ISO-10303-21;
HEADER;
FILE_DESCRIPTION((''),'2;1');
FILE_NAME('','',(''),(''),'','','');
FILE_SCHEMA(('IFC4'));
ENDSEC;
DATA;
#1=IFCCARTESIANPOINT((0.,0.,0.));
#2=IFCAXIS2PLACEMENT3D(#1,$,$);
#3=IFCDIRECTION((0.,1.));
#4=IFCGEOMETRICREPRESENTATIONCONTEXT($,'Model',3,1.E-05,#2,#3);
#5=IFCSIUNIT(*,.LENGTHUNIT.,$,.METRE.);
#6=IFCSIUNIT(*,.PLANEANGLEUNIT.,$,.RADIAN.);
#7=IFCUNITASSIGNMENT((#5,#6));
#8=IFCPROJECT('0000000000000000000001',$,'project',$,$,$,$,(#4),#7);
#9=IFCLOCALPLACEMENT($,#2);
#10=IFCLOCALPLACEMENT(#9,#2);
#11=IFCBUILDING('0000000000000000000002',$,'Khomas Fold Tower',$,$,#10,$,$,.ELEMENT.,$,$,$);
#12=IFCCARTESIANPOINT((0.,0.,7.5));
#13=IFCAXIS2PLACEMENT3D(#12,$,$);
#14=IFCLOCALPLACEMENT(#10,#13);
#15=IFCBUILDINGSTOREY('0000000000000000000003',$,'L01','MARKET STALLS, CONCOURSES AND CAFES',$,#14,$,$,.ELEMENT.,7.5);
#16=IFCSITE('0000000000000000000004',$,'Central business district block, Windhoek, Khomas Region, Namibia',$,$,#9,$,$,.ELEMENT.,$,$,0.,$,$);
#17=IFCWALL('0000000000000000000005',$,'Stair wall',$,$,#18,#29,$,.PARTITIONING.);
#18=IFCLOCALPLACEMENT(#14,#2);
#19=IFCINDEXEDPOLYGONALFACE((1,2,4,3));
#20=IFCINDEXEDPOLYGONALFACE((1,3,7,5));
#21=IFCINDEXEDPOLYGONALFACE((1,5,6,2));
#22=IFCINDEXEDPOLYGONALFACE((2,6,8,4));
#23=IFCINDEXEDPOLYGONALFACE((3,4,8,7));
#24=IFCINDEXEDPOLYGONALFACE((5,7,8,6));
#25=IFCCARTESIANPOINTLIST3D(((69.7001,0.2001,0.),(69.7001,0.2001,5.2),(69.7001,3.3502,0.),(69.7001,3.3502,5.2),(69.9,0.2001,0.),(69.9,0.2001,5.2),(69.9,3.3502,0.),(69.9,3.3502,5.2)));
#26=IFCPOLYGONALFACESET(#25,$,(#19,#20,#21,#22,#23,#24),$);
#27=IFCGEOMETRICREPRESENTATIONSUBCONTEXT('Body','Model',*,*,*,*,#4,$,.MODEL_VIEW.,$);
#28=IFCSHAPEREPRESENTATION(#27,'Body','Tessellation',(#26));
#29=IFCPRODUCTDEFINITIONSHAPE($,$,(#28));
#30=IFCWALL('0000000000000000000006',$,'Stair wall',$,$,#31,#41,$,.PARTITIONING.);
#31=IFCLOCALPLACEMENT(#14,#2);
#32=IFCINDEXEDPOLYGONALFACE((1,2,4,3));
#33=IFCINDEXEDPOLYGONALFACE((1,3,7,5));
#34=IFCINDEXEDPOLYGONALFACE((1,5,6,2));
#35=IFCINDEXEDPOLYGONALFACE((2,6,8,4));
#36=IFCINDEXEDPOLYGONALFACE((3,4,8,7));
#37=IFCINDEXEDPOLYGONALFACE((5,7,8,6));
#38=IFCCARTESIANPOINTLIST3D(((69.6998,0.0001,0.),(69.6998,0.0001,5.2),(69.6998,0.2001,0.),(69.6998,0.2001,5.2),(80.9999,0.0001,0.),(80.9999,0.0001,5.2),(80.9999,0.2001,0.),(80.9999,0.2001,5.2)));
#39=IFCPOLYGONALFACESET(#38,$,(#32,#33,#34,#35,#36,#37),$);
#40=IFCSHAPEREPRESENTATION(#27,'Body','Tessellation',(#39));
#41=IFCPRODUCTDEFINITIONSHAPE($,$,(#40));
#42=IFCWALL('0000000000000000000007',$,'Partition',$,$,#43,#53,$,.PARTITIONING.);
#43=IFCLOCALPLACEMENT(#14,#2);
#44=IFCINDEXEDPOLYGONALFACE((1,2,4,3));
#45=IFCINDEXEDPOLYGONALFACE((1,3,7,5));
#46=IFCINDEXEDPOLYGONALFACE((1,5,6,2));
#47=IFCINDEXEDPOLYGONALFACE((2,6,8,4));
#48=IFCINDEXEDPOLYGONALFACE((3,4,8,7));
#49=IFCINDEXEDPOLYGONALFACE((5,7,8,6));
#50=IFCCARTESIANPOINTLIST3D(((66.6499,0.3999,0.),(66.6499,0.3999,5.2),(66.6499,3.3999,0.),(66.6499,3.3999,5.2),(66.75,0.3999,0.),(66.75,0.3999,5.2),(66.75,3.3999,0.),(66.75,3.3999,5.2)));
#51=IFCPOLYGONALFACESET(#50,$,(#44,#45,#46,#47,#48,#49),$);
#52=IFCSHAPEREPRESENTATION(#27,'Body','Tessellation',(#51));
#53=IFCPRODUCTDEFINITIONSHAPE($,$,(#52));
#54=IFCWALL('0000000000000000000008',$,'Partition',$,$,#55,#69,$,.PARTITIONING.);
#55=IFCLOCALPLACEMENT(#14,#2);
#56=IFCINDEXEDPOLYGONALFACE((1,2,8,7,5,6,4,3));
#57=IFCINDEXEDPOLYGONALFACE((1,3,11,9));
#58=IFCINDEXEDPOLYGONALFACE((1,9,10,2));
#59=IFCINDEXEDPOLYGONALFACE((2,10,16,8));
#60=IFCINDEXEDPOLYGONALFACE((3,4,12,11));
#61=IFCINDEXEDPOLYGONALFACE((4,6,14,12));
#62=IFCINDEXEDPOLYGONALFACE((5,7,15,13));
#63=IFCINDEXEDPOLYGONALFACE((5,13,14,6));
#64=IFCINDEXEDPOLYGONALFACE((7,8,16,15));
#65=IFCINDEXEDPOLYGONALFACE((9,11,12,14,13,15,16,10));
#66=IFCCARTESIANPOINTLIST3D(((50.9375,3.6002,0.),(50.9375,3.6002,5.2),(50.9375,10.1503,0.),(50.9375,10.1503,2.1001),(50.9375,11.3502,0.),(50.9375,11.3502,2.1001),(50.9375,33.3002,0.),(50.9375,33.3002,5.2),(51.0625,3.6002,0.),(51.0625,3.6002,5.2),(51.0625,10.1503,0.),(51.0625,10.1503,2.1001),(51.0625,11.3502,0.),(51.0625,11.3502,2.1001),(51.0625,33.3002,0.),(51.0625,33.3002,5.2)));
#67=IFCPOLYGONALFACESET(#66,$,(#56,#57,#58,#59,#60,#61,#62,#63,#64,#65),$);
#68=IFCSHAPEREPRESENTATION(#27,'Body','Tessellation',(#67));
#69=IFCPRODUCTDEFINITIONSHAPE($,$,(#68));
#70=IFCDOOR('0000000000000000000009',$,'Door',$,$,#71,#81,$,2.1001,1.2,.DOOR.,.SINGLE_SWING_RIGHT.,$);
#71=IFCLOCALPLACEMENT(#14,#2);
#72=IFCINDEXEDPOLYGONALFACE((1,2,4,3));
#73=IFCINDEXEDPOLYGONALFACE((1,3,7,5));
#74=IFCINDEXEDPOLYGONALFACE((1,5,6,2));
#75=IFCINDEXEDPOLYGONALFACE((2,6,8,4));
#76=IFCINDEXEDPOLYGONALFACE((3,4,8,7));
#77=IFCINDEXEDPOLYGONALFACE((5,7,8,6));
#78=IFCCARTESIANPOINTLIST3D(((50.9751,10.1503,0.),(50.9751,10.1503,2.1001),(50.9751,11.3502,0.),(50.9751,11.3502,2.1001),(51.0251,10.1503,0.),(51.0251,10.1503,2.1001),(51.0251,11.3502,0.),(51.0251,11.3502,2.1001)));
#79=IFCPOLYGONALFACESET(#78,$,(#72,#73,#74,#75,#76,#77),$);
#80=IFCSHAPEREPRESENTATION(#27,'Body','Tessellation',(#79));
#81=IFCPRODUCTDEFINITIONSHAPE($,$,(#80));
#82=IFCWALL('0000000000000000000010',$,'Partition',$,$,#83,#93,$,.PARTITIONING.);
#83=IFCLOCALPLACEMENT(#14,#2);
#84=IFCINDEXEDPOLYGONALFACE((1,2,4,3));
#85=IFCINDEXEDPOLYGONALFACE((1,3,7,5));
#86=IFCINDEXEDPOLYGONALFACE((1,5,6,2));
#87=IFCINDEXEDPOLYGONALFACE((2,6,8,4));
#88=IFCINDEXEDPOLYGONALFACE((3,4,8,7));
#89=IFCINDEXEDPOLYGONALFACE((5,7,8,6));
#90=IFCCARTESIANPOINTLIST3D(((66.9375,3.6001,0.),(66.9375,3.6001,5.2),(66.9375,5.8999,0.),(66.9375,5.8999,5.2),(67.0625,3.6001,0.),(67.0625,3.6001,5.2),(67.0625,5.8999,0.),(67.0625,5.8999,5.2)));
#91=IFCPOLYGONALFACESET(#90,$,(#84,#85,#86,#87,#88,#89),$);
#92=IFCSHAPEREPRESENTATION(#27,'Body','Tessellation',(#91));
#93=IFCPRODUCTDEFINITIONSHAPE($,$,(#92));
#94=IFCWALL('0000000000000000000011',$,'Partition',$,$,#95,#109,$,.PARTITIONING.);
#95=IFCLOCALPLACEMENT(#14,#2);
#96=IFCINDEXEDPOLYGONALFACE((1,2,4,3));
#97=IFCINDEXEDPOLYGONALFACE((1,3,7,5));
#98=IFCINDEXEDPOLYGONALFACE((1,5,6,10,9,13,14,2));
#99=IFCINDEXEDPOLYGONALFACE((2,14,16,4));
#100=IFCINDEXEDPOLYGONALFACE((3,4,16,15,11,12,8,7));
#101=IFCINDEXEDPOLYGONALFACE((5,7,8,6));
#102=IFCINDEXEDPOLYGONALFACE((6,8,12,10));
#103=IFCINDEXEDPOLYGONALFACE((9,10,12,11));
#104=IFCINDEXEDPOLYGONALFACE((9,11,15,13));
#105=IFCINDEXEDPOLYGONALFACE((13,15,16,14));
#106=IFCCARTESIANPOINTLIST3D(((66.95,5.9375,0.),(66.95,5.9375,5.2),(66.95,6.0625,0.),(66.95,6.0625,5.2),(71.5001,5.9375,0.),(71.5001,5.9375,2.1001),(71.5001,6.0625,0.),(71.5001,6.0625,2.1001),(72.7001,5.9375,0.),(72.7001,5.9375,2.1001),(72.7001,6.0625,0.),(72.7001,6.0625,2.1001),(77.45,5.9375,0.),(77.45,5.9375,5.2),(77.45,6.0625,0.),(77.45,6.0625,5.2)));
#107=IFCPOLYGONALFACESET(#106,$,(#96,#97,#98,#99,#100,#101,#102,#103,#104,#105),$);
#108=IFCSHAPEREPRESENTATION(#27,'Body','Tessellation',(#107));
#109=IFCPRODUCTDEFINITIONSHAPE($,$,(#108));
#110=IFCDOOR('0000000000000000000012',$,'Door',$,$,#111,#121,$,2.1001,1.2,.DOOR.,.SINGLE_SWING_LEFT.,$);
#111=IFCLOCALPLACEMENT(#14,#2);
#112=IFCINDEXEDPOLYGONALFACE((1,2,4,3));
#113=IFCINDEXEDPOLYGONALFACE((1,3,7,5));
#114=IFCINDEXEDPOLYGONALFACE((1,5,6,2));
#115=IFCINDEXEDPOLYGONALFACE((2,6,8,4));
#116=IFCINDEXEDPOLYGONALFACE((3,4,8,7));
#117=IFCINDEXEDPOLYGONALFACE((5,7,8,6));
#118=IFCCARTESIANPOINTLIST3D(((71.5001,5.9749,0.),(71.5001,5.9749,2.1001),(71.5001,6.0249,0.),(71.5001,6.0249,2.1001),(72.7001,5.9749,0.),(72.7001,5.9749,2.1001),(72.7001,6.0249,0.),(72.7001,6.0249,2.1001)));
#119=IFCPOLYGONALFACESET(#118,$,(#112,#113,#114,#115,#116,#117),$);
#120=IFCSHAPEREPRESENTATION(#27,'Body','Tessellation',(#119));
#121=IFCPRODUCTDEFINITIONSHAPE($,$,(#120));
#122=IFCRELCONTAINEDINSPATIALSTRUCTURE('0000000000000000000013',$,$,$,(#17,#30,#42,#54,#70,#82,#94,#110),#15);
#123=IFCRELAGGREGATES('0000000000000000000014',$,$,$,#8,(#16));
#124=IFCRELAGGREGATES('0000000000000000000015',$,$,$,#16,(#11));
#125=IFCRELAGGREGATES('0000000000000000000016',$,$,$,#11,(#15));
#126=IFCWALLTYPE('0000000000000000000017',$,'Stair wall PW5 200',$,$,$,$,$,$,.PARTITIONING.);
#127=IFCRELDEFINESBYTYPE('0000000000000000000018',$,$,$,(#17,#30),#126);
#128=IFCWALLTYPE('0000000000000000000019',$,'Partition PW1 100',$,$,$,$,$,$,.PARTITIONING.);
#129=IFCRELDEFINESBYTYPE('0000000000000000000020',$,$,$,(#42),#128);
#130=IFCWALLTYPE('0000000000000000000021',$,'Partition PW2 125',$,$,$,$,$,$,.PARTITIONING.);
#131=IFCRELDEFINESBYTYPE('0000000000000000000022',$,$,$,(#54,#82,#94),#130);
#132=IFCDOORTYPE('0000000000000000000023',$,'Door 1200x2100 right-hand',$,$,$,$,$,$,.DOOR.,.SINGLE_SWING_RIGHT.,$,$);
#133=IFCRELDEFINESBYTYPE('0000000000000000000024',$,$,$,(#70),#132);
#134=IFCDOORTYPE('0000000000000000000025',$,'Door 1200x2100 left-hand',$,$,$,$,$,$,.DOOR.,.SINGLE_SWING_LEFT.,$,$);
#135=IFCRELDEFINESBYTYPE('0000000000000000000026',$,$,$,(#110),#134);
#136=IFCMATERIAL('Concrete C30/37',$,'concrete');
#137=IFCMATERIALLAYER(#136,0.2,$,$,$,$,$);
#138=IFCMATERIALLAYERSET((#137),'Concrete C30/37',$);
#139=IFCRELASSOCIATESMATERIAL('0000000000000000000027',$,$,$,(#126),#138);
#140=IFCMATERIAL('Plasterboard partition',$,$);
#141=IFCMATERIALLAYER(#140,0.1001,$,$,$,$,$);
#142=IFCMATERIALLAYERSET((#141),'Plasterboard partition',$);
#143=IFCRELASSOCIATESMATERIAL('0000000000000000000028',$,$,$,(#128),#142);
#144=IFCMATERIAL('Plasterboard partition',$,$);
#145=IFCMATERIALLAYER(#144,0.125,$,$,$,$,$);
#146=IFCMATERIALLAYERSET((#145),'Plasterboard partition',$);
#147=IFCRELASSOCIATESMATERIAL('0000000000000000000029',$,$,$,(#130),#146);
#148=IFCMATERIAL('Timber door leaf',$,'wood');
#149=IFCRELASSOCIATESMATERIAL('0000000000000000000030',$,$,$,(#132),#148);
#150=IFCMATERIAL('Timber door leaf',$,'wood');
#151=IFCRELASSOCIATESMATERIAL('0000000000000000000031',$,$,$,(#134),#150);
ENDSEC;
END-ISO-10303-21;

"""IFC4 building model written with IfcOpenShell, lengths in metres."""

from ifc_helpers import new_model, si_unit, direction, frame, frame_2d, origin, place, context, subcontext, project, spatial, rectangle, extrude, source, transform, mapped, material, layer, layer_set, type_object, element, fill, save


model = new_model("IFC4")

# Units and contexts
model_context = context("Model", 3, precision=1e-05, world=origin(), true_north=direction((0.0, 1.0)))
body_context = subcontext(model_context, "Body", "Model", "MODEL_VIEW")
ifc_project = project(units=[si_unit("LENGTHUNIT", "METRE"), si_unit("PLANEANGLEUNIT", "RADIAN")], contexts=[model_context])

# Site, building, storey
site_placement = place(None, origin())
site = spatial("IfcSite", under=ifc_project, at=site_placement, Name="Central business district block, Windhoek, Khomas Region, Namibia", CompositionType="ELEMENT", RefElevation=0.0)
building_placement = place(site_placement, origin())
building = spatial("IfcBuilding", under=site, at=building_placement, Name="Khomas Fold Tower", CompositionType="ELEMENT")
storey_placement = place(building_placement, frame((0.0, 0.0, 7.5)))
storey = spatial("IfcBuildingStorey", under=building, at=storey_placement, Name="L01", Description="MARKET STALLS, CONCOURSES AND CAFES", CompositionType="ELEMENT", Elevation=7.5)

# Shared definitions
ifc_material_1 = material(Name="Concrete C30/37", Category="concrete")
ifc_layer_1 = layer(ifc_material_1, 0.2)
ifc_layer_set_1 = layer_set([ifc_layer_1], Name="Concrete C30/37")
wall_type_1 = type_object("IfcWallType", Name="Stair wall PW5 200", PredefinedType="PARTITIONING", material=ifc_layer_set_1)
shared_shape_1 = source(origin(), body_context, "Body", "SweptSolid", [
    extrude(rectangle(XDim=1.2, YDim=2.1001, at=frame_2d((0.6001, 1.05))), frame((0.0, 0.0249, 0.0), z_axis=(0.0, -1.0, 0.0), x_axis=(1.0, 0.0, 0.0)), (0.0, 0.0, 1.0), 0.05),
])

# Walls
shared_shape_2 = source(origin(), body_context, "Body", "SweptSolid", [
    extrude(rectangle(XDim=3.1501, YDim=0.2, at=frame_2d((1.5752, 0.0))), origin(), (0.0, 0.0, 1.0), 5.2),
])
wall_1_placement = place(storey_placement, frame((69.8, 0.2, 0.0), z_axis=(0.0, 0.0, 1.0), x_axis=(0.0, 1.0, 0.0)))
element("IfcWall", 1, at=wall_1_placement, inside=storey, type_object=wall_type_1, Name="Stair wall", PredefinedType="PARTITIONING", context=body_context, shape_type="MappedRepresentation", body=[
    mapped(shared_shape_2, transform((0.0, 0.0, 0.0))),
])
shared_shape_3 = source(origin(), body_context, "Body", "SweptSolid", [
    extrude(rectangle(XDim=11.3, YDim=0.2, at=frame_2d((5.6499, 0.0))), origin(), (0.0, 0.0, 1.0), 5.2),
])
wall_2_placement = place(storey_placement, frame((69.7, 0.1001, 0.0), z_axis=(0.0, 0.0, 1.0), x_axis=(1.0, 0.0, 0.0)))
element("IfcWall", 2, at=wall_2_placement, inside=storey, type_object=wall_type_1, Name="Stair wall", PredefinedType="PARTITIONING", context=body_context, shape_type="MappedRepresentation", body=[
    mapped(shared_shape_3, transform((0.0, 0.0, 0.0))),
])
ifc_material_2 = material(Name="Plasterboard partition")
ifc_layer_2 = layer(ifc_material_2, 0.1001)
ifc_layer_set_2 = layer_set([ifc_layer_2], Name="Plasterboard partition")
wall_type_2 = type_object("IfcWallType", Name="Partition PW1 100", PredefinedType="PARTITIONING", material=ifc_layer_set_2)
shared_shape_4 = source(origin(), body_context, "Body", "SweptSolid", [
    extrude(rectangle(XDim=3.0, YDim=0.1001, at=frame_2d((1.5, 0.0))), origin(), (0.0, 0.0, 1.0), 5.2),
])
wall_3_placement = place(storey_placement, frame((66.7, 0.3999, 0.0), z_axis=(0.0, 0.0, 1.0), x_axis=(0.0, 1.0, 0.0)))
element("IfcWall", 3, at=wall_3_placement, inside=storey, type_object=wall_type_2, Name="Partition", PredefinedType="PARTITIONING", context=body_context, shape_type="MappedRepresentation", body=[
    mapped(shared_shape_4, transform((0.0, 0.0, 0.0))),
])

# Wall, opening, door
ifc_material_3 = material(Name="Plasterboard partition")
ifc_layer_3 = layer(ifc_material_3, 0.125)
ifc_layer_set_3 = layer_set([ifc_layer_3], Name="Plasterboard partition")
wall_type_3 = type_object("IfcWallType", Name="Partition PW2 125", PredefinedType="PARTITIONING", material=ifc_layer_set_3)
shared_shape_5 = source(origin(), body_context, "Body", "SweptSolid", [
    extrude(rectangle(XDim=29.7, YDim=0.125, at=frame_2d((14.8501, 0.0))), origin(), (0.0, 0.0, 1.0), 5.2),
])
wall_4_placement = place(storey_placement, frame((51.0, 3.6001, 0.0), z_axis=(0.0, 0.0, 1.0), x_axis=(0.0, 1.0, 0.0)))
wall_4 = element("IfcWall", 4, at=wall_4_placement, inside=storey, type_object=wall_type_3, Name="Partition", PredefinedType="PARTITIONING", context=body_context, shape_type="MappedRepresentation", body=[
    mapped(shared_shape_5, transform((0.0, 0.0, 0.0))),
])
shared_shape_6 = source(origin(), body_context, "Body", "SweptSolid", [
    extrude(rectangle(XDim=1.2, YDim=2.1001, at=frame_2d((0.6001, 1.05))), frame((0.0, 0.0725, 0.0), z_axis=(0.0, -1.0, 0.0), x_axis=(1.0, 0.0, 0.0)), (0.0, 0.0, 1.0), 0.145),
])
opening_1_placement = place(wall_4_placement, frame((6.55, 0.0, 0.0)))
opening_1 = element("IfcOpeningElement", 5, at=opening_1_placement, cuts=wall_4, PredefinedType="OPENING", context=body_context, shape_type="MappedRepresentation", body=[
    mapped(shared_shape_6, transform((0.0, 0.0, 0.0))),
])
ifc_material_4 = material(Name="Timber door leaf", Category="wood")
door_type_1 = type_object("IfcDoorType", Name="Door 1200x2100 right-hand", OperationType="SINGLE_SWING_RIGHT", PredefinedType="DOOR", material=ifc_material_4)
door_1_placement = place(opening_1_placement, origin())
door_1 = element("IfcDoor", 6, at=door_1_placement, inside=storey, type_object=door_type_1, Name="Door", OperationType="SINGLE_SWING_RIGHT", OverallHeight=2.1001, OverallWidth=1.2, PredefinedType="DOOR", context=body_context, shape_type="MappedRepresentation", body=[
    mapped(shared_shape_1, transform((0.0, 0.0, 0.0))),
])
fill(opening_1, door_1)

# Wall
shared_shape_7 = source(origin(), body_context, "Body", "SweptSolid", [
    extrude(rectangle(XDim=2.2998, YDim=0.125, at=frame_2d((1.1499, 0.0))), origin(), (0.0, 0.0, 1.0), 5.2),
])
wall_5_placement = place(storey_placement, frame((67.0, 3.6001, 0.0), z_axis=(0.0, 0.0, 1.0), x_axis=(0.0, 1.0, 0.0)))
element("IfcWall", 7, at=wall_5_placement, inside=storey, type_object=wall_type_3, Name="Partition", PredefinedType="PARTITIONING", context=body_context, shape_type="MappedRepresentation", body=[
    mapped(shared_shape_7, transform((0.0, 0.0, 0.0))),
])

# Wall, opening, door
shared_shape_8 = source(origin(), body_context, "Body", "SweptSolid", [
    extrude(rectangle(XDim=10.5, YDim=0.125, at=frame_2d((5.25, 0.0))), origin(), (0.0, 0.0, 1.0), 5.2),
])
wall_6_placement = place(storey_placement, frame((66.95, 6.0, 0.0), z_axis=(0.0, 0.0, 1.0), x_axis=(1.0, 0.0, 0.0)))
wall_6 = element("IfcWall", 8, at=wall_6_placement, inside=storey, type_object=wall_type_3, Name="Partition", PredefinedType="PARTITIONING", context=body_context, shape_type="MappedRepresentation", body=[
    mapped(shared_shape_8, transform((0.0, 0.0, 0.0))),
])
opening_2_placement = place(wall_6_placement, frame((4.55, 0.0, 0.0)))
opening_2 = element("IfcOpeningElement", 9, at=opening_2_placement, cuts=wall_6, PredefinedType="OPENING", context=body_context, shape_type="MappedRepresentation", body=[
    mapped(shared_shape_6, transform((0.0, 0.0, 0.0))),
])
ifc_material_5 = material(Name="Timber door leaf", Category="wood")
door_type_2 = type_object("IfcDoorType", Name="Door 1200x2100 left-hand", OperationType="SINGLE_SWING_LEFT", PredefinedType="DOOR", material=ifc_material_5)
door_2_placement = place(opening_2_placement, origin())
door_2 = element("IfcDoor", 10, at=door_2_placement, inside=storey, type_object=door_type_2, Name="Door", OperationType="SINGLE_SWING_LEFT", OverallHeight=2.1001, OverallWidth=1.2, PredefinedType="DOOR", context=body_context, shape_type="MappedRepresentation", body=[
    mapped(shared_shape_1, transform((0.0, 0.0, 0.0))),
])
fill(opening_2, door_2)

save(model, "model.ifc")
